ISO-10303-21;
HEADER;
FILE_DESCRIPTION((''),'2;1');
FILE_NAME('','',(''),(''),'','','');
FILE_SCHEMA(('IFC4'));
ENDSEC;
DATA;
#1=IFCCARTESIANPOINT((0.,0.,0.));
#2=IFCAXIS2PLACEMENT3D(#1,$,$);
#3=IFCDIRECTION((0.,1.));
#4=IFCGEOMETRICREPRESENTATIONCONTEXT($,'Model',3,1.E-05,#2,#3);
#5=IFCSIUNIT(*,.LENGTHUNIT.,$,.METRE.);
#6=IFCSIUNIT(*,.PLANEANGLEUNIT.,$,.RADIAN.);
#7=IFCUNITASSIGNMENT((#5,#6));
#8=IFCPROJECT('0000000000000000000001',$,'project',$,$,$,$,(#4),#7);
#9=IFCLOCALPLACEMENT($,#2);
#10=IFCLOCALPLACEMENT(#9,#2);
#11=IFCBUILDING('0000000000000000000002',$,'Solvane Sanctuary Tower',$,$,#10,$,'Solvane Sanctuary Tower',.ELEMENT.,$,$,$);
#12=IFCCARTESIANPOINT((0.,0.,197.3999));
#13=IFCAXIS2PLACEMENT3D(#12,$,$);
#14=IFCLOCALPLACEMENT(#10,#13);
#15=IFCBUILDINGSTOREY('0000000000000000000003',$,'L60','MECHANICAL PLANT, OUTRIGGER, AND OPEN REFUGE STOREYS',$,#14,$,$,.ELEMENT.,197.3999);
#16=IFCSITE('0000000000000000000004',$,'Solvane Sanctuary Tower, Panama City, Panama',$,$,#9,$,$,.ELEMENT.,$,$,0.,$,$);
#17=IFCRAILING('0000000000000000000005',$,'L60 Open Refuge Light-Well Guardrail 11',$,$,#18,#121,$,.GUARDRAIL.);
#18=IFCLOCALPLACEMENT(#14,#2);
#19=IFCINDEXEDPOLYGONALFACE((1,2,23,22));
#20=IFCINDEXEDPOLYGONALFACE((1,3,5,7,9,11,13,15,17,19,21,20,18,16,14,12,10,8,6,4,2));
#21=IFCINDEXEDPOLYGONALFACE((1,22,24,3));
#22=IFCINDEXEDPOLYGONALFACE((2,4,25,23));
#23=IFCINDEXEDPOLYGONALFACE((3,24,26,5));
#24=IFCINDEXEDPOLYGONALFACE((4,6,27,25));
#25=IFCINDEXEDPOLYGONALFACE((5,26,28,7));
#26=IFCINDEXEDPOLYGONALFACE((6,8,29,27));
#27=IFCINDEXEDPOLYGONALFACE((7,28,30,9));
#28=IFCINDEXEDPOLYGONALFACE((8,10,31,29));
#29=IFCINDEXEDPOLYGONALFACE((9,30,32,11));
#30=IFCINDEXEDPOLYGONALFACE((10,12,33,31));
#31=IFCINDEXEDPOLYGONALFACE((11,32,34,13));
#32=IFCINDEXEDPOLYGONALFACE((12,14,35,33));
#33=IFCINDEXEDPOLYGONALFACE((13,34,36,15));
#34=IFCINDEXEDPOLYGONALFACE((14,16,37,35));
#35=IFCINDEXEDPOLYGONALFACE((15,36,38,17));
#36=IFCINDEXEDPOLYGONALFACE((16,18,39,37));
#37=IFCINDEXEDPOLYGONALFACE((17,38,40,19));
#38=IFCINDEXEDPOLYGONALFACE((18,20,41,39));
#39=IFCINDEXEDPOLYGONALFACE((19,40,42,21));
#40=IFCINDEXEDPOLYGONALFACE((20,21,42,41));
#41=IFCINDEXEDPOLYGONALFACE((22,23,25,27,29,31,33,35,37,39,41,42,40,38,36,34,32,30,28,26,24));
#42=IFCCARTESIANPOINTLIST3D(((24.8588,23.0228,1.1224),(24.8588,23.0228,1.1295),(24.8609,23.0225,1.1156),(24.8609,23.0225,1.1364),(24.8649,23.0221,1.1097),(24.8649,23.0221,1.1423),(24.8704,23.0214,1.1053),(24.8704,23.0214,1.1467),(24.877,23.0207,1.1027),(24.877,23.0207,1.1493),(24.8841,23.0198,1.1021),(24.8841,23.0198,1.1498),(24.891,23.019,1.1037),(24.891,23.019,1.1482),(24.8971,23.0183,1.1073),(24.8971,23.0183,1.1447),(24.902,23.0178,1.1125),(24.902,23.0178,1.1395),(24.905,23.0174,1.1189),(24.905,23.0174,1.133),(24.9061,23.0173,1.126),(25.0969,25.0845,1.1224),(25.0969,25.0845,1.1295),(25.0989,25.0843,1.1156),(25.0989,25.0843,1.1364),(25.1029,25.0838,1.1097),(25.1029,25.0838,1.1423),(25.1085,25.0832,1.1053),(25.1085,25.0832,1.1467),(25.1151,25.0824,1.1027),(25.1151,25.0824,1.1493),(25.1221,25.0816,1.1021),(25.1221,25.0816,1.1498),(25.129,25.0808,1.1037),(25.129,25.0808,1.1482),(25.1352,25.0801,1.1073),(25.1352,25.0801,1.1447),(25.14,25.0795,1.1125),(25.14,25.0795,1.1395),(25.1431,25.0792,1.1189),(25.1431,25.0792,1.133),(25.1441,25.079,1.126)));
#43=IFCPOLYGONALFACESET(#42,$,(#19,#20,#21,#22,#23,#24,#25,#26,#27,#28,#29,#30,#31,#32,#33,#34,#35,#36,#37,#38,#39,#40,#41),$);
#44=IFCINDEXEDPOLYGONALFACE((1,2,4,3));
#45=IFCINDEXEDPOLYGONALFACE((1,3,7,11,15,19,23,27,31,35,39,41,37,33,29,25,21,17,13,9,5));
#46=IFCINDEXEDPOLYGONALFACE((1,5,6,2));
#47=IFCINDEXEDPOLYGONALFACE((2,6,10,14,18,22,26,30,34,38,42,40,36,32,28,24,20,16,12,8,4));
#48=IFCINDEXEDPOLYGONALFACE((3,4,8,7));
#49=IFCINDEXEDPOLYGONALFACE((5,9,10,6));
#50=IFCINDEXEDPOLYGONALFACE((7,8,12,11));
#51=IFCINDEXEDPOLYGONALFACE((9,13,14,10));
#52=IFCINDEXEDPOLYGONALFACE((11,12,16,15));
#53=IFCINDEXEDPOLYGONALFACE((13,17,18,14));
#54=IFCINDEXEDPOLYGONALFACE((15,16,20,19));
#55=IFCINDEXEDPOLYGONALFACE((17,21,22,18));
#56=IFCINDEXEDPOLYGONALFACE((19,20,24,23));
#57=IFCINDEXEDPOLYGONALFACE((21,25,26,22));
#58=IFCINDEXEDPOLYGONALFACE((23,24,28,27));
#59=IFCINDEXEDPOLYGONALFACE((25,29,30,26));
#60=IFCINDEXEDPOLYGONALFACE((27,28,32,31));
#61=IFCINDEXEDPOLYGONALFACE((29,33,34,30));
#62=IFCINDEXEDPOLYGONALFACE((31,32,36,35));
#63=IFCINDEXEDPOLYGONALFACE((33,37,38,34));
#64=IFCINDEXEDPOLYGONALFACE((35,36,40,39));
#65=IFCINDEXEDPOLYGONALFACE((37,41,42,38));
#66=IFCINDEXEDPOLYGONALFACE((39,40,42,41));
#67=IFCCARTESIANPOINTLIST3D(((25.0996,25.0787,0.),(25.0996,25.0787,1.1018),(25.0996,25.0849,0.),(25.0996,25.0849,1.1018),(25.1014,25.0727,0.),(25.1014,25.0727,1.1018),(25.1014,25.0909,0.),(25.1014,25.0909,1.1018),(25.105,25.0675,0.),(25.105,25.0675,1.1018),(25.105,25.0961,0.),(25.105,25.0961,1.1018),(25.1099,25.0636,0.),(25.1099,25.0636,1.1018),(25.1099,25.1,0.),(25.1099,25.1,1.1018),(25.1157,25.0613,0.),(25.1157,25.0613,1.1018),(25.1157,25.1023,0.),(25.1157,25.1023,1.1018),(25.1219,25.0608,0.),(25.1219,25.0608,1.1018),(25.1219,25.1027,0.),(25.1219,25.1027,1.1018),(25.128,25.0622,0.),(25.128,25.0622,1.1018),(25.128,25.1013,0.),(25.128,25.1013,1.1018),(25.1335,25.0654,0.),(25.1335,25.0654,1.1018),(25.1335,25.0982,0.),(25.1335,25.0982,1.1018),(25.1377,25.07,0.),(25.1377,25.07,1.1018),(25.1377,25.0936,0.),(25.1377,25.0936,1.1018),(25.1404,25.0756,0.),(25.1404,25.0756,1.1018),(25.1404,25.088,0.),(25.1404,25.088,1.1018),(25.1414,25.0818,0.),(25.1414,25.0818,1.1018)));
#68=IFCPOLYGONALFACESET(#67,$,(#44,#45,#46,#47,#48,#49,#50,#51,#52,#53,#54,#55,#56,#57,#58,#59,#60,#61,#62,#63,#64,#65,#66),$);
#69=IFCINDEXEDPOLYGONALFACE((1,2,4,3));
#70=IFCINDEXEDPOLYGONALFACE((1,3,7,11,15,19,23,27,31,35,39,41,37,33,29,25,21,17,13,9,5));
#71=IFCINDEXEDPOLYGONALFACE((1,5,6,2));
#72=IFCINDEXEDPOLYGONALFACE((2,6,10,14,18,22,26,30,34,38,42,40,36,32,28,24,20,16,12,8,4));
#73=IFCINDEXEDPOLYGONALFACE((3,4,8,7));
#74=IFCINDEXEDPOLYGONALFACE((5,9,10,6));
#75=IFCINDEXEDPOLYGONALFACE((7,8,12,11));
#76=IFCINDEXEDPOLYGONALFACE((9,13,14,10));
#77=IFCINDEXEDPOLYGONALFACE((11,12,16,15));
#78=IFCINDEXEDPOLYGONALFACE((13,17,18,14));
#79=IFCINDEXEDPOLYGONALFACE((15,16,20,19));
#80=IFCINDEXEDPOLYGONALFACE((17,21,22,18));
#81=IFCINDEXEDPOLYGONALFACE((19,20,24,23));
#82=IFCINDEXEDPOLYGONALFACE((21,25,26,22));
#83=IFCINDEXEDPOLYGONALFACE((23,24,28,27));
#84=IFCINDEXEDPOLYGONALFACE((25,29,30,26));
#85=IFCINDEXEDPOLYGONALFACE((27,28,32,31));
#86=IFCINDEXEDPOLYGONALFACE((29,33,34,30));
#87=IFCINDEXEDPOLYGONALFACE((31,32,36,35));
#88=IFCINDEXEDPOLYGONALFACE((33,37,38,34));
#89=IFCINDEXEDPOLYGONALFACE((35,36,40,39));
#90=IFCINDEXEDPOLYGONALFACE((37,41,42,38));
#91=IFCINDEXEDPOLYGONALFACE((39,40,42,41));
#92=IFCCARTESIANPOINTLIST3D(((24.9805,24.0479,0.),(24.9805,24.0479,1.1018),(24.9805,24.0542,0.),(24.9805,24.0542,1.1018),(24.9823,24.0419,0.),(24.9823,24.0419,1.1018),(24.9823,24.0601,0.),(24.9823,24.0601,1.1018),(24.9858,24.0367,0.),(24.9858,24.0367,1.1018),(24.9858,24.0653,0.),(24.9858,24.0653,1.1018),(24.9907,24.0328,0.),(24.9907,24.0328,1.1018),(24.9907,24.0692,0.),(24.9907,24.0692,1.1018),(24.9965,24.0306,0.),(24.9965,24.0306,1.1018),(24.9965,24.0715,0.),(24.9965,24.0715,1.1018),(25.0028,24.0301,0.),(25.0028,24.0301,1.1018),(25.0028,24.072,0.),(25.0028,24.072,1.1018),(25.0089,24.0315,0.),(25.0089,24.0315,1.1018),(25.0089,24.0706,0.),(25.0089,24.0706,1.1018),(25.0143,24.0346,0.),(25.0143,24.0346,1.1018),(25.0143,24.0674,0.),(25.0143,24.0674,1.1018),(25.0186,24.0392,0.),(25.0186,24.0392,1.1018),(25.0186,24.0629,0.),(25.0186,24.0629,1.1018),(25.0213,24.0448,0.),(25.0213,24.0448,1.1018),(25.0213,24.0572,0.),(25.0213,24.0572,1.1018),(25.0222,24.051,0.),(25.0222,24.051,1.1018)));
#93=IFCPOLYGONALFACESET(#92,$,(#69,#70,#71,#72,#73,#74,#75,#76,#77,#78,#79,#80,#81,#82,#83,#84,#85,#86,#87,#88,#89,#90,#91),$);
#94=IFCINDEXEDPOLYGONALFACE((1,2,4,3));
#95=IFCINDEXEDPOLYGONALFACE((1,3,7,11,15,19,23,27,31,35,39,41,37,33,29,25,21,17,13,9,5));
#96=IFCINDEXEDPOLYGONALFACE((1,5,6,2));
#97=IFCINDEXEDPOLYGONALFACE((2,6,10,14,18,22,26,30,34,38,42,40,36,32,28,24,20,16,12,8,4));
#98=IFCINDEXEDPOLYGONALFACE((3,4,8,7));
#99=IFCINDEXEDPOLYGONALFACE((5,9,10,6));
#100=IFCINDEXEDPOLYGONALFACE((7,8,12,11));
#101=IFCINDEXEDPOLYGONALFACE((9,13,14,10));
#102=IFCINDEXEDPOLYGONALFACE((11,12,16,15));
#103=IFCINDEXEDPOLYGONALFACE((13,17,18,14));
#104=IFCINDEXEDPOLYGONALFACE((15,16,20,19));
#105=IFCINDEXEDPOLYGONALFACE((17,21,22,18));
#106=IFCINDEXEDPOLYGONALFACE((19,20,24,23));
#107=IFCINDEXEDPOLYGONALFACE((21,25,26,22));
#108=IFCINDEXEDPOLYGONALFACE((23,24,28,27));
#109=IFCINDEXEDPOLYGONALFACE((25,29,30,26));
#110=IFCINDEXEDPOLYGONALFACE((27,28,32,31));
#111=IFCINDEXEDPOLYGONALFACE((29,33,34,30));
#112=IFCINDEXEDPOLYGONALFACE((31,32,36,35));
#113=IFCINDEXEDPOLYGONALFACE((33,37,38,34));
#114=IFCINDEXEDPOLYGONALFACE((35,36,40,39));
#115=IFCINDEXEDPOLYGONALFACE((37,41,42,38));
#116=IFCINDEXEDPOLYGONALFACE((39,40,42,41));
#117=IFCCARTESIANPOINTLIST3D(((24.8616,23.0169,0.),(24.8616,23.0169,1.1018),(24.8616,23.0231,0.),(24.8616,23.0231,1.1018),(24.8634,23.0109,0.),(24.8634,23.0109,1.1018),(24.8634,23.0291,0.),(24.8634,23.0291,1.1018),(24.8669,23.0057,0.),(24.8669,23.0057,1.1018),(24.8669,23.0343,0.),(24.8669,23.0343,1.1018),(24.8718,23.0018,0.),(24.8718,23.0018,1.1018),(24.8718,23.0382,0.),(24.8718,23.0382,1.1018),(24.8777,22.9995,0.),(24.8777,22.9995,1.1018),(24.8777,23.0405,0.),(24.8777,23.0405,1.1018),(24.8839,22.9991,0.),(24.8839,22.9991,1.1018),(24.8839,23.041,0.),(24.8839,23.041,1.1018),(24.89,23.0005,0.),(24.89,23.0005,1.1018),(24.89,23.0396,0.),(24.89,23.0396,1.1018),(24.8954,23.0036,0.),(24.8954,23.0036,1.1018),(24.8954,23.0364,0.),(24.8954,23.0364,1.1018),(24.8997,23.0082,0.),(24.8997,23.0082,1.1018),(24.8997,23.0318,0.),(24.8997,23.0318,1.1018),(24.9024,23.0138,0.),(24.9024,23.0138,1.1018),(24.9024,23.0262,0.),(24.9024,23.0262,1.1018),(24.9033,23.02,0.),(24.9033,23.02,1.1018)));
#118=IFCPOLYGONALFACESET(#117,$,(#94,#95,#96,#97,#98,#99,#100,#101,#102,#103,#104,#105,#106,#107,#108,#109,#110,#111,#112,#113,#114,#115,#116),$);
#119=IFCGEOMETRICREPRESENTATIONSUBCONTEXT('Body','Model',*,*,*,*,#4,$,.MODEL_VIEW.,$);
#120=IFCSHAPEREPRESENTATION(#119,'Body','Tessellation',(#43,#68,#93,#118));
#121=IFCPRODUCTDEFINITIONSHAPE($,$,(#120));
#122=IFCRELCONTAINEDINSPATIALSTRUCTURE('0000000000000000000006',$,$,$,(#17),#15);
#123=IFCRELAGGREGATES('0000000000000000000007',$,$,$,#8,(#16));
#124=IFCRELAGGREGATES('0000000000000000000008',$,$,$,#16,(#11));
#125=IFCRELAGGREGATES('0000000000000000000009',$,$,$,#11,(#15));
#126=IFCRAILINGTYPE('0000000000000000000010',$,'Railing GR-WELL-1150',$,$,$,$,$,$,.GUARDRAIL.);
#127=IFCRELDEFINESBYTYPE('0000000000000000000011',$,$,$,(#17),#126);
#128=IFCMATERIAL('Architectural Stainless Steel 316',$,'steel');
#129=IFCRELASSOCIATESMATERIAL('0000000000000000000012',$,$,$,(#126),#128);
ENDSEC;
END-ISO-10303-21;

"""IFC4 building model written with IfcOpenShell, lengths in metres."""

from ifc_helpers import new_model, si_unit, direction, frame, origin, origin_2d, place, context, subcontext, project, spatial, circle, extrude, material, type_object, element, save


model = new_model("IFC4")

# Units and contexts
model_context = context("Model", 3, precision=1e-05, world=origin(), true_north=direction((0.0, 1.0)))
body_context = subcontext(model_context, "Body", "Model", "MODEL_VIEW")
ifc_project = project(units=[si_unit("LENGTHUNIT", "METRE"), si_unit("PLANEANGLEUNIT", "RADIAN")], contexts=[model_context])

# Site, building, storey
site_placement = place(None, origin())
site = spatial("IfcSite", under=ifc_project, at=site_placement, Name="Solvane Sanctuary Tower, Panama City, Panama", CompositionType="ELEMENT", RefElevation=0.0)
building_placement = place(site_placement, origin())
building = spatial("IfcBuilding", under=site, at=building_placement, Name="Solvane Sanctuary Tower", LongName="Solvane Sanctuary Tower", CompositionType="ELEMENT")
storey_placement = place(building_placement, frame((0.0, 0.0, 197.3999)))
storey = spatial("IfcBuildingStorey", under=building, at=storey_placement, Name="L60", Description="MECHANICAL PLANT, OUTRIGGER, AND OPEN REFUGE STOREYS", CompositionType="ELEMENT", Elevation=197.3999)

# Shared definitions
ifc_material_1 = material(Name="Architectural Stainless Steel 316", Category="steel")

# Railing
railing_type = type_object("IfcRailingType", Name="Railing GR-WELL-1150", PredefinedType="GUARDRAIL", material=ifc_material_1)
railing_1_placement = place(storey_placement, frame((25.1204, 25.0818, 0.0)))
element("IfcRailing", 1, at=railing_1_placement, inside=storey, type_object=railing_type, Name="L60 Open Refuge Light-Well Guardrail 11", PredefinedType="GUARDRAIL", context=body_context, shape_type="SweptSolid", body=[
    extrude(circle(Radius=0.0239, at=origin_2d()), frame((0.0, 0.0, 1.126), z_axis=(-0.114691, -0.993401, 0.0), x_axis=(0.993401, -0.114691, 0.0)), (0.0, 0.0, 1.0), 2.0754),
    extrude(circle(Radius=0.021, at=origin_2d()), origin(), (0.0, 0.0, 1.0), 1.1018),
    extrude(circle(Radius=0.021, at=origin_2d()), frame((-0.1191, -1.0308, 0.0)), (0.0, 0.0, 1.0), 1.1018),
    extrude(circle(Radius=0.021, at=origin_2d()), frame((-0.238, -2.0618, 0.0)), (0.0, 0.0, 1.0), 1.1018),
])

save(model, "model.ifc")
